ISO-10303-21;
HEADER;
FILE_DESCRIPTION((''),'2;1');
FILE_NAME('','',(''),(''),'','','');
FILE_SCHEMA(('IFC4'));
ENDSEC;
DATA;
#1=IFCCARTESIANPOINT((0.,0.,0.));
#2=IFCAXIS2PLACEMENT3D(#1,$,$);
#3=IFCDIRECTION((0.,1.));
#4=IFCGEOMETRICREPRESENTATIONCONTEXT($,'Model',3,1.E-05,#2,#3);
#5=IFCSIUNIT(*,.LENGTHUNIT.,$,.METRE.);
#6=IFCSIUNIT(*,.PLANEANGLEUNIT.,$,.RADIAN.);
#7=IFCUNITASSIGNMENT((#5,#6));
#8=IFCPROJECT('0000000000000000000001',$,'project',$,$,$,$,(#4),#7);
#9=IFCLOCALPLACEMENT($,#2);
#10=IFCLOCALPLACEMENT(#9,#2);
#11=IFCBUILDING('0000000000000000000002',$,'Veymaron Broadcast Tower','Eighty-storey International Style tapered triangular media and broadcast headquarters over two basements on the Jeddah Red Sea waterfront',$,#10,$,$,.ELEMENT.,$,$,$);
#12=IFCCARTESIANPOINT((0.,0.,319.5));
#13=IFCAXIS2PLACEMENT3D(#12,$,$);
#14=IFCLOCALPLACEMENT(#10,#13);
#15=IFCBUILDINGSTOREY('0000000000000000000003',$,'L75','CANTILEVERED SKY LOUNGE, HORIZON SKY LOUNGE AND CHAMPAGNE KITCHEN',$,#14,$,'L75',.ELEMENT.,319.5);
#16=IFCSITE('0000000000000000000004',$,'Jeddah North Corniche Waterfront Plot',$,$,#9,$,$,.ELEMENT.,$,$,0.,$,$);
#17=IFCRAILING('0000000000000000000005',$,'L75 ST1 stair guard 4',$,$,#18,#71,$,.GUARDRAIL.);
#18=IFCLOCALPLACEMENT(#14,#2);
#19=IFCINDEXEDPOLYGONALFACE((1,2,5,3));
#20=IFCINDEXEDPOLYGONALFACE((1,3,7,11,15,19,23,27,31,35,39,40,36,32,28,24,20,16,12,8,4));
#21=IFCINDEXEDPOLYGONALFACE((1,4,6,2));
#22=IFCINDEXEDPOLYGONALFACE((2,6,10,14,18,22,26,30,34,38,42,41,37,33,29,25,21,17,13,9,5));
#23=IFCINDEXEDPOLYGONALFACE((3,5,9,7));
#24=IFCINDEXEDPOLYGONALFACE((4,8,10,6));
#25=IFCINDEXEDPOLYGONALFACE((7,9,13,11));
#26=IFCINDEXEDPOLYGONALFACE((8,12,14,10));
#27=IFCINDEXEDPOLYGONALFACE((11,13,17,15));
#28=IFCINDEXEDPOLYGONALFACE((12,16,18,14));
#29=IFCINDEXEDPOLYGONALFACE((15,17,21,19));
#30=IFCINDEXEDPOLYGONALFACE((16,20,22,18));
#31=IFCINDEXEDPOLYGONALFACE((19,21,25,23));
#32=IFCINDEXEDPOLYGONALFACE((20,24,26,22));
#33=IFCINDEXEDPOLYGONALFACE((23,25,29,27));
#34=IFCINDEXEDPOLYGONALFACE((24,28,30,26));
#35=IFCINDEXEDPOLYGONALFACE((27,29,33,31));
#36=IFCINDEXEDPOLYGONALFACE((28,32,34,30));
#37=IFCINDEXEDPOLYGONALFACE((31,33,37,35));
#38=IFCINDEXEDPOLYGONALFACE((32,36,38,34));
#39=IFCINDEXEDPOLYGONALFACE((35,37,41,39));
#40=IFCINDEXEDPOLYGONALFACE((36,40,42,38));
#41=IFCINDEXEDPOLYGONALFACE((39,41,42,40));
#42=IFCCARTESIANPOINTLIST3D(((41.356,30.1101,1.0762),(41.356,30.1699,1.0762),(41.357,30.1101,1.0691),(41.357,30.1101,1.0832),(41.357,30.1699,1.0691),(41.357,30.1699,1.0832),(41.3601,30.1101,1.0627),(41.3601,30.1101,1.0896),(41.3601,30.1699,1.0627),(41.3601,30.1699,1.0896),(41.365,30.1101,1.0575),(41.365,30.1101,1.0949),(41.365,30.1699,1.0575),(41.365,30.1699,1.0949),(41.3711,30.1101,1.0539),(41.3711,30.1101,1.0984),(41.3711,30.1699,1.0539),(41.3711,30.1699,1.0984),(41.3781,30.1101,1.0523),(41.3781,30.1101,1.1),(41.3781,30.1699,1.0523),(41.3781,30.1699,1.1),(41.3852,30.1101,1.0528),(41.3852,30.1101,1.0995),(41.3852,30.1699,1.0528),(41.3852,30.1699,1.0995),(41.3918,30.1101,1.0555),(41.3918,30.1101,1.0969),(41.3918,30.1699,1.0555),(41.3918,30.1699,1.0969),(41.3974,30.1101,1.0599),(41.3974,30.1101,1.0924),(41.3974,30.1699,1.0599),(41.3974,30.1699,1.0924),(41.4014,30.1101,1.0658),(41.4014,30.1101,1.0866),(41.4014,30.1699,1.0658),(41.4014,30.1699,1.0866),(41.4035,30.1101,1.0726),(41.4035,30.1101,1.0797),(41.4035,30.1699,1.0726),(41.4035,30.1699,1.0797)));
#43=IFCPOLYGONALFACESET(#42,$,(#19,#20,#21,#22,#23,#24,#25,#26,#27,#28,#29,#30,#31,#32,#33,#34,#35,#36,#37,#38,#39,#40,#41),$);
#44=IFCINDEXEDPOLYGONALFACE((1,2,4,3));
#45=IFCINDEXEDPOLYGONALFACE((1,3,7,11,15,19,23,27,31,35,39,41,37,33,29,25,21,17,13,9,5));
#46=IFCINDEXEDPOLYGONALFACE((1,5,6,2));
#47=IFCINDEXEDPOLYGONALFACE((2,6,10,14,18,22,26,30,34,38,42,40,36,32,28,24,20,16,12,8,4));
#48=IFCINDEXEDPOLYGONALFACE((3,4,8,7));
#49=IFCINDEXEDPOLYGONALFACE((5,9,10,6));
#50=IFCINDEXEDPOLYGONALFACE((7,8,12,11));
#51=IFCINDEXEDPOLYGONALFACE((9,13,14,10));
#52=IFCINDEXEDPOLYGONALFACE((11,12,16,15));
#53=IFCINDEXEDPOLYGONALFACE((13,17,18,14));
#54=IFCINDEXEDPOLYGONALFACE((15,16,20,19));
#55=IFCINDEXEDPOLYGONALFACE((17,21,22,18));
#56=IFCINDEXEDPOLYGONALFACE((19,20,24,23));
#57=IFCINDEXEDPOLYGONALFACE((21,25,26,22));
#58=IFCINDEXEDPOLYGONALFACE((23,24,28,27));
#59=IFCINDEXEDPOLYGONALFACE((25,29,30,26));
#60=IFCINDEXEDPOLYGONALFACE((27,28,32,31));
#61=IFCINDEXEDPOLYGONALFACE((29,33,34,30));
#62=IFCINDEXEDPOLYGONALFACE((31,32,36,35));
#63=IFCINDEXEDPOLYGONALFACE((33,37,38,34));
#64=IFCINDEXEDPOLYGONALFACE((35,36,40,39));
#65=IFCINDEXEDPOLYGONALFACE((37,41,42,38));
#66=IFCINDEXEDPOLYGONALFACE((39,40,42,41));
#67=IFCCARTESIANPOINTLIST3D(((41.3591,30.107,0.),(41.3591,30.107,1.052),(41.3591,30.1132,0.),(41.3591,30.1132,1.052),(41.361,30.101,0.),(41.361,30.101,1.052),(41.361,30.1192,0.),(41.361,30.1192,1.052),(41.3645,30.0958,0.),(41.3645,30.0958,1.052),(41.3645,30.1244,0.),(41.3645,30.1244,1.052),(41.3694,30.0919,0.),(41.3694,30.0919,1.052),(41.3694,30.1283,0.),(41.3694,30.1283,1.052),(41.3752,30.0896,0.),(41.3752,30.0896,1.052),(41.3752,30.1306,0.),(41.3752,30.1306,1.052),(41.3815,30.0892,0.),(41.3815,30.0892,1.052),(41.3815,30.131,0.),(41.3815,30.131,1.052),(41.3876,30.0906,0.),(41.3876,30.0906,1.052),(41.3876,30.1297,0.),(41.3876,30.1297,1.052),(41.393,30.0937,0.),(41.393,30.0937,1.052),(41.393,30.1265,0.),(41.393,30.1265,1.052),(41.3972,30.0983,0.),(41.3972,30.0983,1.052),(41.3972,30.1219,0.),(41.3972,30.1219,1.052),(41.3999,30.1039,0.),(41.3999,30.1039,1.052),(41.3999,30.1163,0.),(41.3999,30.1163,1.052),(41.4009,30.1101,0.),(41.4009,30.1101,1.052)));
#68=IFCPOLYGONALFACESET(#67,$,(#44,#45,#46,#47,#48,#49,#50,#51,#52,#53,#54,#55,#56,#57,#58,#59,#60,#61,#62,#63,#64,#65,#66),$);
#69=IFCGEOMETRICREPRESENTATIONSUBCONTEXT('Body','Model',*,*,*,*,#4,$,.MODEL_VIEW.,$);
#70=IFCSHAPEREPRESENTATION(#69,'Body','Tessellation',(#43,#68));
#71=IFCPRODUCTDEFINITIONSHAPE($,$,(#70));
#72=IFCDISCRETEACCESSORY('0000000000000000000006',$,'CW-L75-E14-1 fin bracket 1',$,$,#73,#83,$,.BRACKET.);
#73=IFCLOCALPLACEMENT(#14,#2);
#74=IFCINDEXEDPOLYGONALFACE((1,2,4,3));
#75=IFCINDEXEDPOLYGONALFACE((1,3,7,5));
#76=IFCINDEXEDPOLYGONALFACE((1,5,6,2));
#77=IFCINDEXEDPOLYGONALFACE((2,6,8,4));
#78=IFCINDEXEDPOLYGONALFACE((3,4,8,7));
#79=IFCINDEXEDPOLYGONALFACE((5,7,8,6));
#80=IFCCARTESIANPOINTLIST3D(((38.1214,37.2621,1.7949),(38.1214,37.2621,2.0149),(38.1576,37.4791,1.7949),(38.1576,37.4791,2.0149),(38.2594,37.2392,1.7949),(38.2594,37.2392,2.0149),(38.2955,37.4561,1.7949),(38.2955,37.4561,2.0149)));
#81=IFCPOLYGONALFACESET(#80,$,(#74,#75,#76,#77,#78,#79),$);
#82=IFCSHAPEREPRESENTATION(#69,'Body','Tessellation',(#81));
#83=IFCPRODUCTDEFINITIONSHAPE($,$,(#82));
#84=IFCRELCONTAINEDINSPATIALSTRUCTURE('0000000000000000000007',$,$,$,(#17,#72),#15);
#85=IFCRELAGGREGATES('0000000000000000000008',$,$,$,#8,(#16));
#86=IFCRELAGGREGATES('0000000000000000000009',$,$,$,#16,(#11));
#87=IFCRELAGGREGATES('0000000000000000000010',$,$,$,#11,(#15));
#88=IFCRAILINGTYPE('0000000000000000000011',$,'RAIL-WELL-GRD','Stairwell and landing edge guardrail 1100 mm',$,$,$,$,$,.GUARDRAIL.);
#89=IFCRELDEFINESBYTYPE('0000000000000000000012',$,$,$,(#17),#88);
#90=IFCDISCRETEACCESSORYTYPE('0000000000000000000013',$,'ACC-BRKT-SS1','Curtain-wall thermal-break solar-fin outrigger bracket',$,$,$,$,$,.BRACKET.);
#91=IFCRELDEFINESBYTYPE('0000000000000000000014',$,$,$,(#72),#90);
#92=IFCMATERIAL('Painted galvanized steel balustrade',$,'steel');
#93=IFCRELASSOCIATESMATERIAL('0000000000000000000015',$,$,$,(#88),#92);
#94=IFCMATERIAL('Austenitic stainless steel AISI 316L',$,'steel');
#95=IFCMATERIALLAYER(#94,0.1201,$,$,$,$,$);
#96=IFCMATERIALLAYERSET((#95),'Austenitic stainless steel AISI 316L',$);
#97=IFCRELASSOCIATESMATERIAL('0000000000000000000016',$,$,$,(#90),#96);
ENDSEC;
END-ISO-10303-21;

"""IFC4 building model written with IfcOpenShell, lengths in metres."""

from ifc_helpers import new_model, si_unit, direction, frame, origin, origin_2d, place, context, subcontext, project, spatial, rectangle, circle, extrude, material, layer, layer_set, type_object, element, save


model = new_model("IFC4")

# Units and contexts
model_context = context("Model", 3, precision=1e-05, world=origin(), true_north=direction((0.0, 1.0)))
body_context = subcontext(model_context, "Body", "Model", "MODEL_VIEW")
ifc_project = project(units=[si_unit("LENGTHUNIT", "METRE"), si_unit("PLANEANGLEUNIT", "RADIAN")], contexts=[model_context])

# Site, building, storey
site_placement = place(None, origin())
site = spatial("IfcSite", under=ifc_project, at=site_placement, Name="Jeddah North Corniche Waterfront Plot", CompositionType="ELEMENT", RefElevation=0.0)
building_placement = place(site_placement, origin())
building = spatial("IfcBuilding", under=site, at=building_placement, Name="Veymaron Broadcast Tower", Description="Eighty-storey International Style tapered triangular media and broadcast headquarters over two basements on the Jeddah Red Sea waterfront", CompositionType="ELEMENT")
storey_placement = place(building_placement, frame((0.0, 0.0, 319.5)))
storey = spatial("IfcBuildingStorey", under=building, at=storey_placement, Name="L75", Description="CANTILEVERED SKY LOUNGE, HORIZON SKY LOUNGE AND CHAMPAGNE KITCHEN", LongName="L75", CompositionType="ELEMENT", Elevation=319.5)

# Railing
ifc_material_1 = material(Name="Painted galvanized steel balustrade", Category="steel")
railing_type_1 = type_object("IfcRailingType", Name="RAIL-WELL-GRD", Description="Stairwell and landing edge guardrail 1100 mm", PredefinedType="GUARDRAIL", material=ifc_material_1)
railing_1_placement = place(storey_placement, frame((41.3799, 30.1101, 0.0)))
element("IfcRailing", 1, at=railing_1_placement, inside=storey, type_object=railing_type_1, Name="L75 ST1 stair guard 4", PredefinedType="GUARDRAIL", context=body_context, shape_type="SweptSolid", body=[
    extrude(circle(Radius=0.0239, at=origin_2d()), frame((0.0, 0.0, 1.0762), z_axis=(0.0, 1.0, 0.0), x_axis=(-1.0, 0.0, 0.0)), (0.0, 0.0, 1.0), 0.0598),
    extrude(circle(Radius=0.021, at=origin_2d()), origin(), (0.0, 0.0, 1.0), 1.052),
])

# Discrete accessory
ifc_material_2 = material(Name="Austenitic stainless steel AISI 316L", Category="steel")
ifc_layer_1 = layer(ifc_material_2, 0.1201)
ifc_layer_set_1 = layer_set([ifc_layer_1], Name="Austenitic stainless steel AISI 316L")
discrete_accessory_type = type_object("IfcDiscreteAccessoryType", Name="ACC-BRKT-SS1", Description="Curtain-wall thermal-break solar-fin outrigger bracket", PredefinedType="BRACKET", material=ifc_layer_set_1)
discrete_accessory_placement = place(storey_placement, frame((38.2085, 37.3591, 1.7949), z_axis=(0.0, 0.0, 1.0), x_axis=(0.164152, 0.986435, 0.0)))
element("IfcDiscreteAccessory", 2, at=discrete_accessory_placement, inside=storey, type_object=discrete_accessory_type, Name="CW-L75-E14-1 fin bracket 1", PredefinedType="BRACKET", context=body_context, shape_type="SweptSolid", body=[
    extrude(rectangle(XDim=0.22, YDim=0.1399, at=origin_2d()), origin(), (0.0, 0.0, 1.0), 0.22),
])

save(model, "model.ifc")
